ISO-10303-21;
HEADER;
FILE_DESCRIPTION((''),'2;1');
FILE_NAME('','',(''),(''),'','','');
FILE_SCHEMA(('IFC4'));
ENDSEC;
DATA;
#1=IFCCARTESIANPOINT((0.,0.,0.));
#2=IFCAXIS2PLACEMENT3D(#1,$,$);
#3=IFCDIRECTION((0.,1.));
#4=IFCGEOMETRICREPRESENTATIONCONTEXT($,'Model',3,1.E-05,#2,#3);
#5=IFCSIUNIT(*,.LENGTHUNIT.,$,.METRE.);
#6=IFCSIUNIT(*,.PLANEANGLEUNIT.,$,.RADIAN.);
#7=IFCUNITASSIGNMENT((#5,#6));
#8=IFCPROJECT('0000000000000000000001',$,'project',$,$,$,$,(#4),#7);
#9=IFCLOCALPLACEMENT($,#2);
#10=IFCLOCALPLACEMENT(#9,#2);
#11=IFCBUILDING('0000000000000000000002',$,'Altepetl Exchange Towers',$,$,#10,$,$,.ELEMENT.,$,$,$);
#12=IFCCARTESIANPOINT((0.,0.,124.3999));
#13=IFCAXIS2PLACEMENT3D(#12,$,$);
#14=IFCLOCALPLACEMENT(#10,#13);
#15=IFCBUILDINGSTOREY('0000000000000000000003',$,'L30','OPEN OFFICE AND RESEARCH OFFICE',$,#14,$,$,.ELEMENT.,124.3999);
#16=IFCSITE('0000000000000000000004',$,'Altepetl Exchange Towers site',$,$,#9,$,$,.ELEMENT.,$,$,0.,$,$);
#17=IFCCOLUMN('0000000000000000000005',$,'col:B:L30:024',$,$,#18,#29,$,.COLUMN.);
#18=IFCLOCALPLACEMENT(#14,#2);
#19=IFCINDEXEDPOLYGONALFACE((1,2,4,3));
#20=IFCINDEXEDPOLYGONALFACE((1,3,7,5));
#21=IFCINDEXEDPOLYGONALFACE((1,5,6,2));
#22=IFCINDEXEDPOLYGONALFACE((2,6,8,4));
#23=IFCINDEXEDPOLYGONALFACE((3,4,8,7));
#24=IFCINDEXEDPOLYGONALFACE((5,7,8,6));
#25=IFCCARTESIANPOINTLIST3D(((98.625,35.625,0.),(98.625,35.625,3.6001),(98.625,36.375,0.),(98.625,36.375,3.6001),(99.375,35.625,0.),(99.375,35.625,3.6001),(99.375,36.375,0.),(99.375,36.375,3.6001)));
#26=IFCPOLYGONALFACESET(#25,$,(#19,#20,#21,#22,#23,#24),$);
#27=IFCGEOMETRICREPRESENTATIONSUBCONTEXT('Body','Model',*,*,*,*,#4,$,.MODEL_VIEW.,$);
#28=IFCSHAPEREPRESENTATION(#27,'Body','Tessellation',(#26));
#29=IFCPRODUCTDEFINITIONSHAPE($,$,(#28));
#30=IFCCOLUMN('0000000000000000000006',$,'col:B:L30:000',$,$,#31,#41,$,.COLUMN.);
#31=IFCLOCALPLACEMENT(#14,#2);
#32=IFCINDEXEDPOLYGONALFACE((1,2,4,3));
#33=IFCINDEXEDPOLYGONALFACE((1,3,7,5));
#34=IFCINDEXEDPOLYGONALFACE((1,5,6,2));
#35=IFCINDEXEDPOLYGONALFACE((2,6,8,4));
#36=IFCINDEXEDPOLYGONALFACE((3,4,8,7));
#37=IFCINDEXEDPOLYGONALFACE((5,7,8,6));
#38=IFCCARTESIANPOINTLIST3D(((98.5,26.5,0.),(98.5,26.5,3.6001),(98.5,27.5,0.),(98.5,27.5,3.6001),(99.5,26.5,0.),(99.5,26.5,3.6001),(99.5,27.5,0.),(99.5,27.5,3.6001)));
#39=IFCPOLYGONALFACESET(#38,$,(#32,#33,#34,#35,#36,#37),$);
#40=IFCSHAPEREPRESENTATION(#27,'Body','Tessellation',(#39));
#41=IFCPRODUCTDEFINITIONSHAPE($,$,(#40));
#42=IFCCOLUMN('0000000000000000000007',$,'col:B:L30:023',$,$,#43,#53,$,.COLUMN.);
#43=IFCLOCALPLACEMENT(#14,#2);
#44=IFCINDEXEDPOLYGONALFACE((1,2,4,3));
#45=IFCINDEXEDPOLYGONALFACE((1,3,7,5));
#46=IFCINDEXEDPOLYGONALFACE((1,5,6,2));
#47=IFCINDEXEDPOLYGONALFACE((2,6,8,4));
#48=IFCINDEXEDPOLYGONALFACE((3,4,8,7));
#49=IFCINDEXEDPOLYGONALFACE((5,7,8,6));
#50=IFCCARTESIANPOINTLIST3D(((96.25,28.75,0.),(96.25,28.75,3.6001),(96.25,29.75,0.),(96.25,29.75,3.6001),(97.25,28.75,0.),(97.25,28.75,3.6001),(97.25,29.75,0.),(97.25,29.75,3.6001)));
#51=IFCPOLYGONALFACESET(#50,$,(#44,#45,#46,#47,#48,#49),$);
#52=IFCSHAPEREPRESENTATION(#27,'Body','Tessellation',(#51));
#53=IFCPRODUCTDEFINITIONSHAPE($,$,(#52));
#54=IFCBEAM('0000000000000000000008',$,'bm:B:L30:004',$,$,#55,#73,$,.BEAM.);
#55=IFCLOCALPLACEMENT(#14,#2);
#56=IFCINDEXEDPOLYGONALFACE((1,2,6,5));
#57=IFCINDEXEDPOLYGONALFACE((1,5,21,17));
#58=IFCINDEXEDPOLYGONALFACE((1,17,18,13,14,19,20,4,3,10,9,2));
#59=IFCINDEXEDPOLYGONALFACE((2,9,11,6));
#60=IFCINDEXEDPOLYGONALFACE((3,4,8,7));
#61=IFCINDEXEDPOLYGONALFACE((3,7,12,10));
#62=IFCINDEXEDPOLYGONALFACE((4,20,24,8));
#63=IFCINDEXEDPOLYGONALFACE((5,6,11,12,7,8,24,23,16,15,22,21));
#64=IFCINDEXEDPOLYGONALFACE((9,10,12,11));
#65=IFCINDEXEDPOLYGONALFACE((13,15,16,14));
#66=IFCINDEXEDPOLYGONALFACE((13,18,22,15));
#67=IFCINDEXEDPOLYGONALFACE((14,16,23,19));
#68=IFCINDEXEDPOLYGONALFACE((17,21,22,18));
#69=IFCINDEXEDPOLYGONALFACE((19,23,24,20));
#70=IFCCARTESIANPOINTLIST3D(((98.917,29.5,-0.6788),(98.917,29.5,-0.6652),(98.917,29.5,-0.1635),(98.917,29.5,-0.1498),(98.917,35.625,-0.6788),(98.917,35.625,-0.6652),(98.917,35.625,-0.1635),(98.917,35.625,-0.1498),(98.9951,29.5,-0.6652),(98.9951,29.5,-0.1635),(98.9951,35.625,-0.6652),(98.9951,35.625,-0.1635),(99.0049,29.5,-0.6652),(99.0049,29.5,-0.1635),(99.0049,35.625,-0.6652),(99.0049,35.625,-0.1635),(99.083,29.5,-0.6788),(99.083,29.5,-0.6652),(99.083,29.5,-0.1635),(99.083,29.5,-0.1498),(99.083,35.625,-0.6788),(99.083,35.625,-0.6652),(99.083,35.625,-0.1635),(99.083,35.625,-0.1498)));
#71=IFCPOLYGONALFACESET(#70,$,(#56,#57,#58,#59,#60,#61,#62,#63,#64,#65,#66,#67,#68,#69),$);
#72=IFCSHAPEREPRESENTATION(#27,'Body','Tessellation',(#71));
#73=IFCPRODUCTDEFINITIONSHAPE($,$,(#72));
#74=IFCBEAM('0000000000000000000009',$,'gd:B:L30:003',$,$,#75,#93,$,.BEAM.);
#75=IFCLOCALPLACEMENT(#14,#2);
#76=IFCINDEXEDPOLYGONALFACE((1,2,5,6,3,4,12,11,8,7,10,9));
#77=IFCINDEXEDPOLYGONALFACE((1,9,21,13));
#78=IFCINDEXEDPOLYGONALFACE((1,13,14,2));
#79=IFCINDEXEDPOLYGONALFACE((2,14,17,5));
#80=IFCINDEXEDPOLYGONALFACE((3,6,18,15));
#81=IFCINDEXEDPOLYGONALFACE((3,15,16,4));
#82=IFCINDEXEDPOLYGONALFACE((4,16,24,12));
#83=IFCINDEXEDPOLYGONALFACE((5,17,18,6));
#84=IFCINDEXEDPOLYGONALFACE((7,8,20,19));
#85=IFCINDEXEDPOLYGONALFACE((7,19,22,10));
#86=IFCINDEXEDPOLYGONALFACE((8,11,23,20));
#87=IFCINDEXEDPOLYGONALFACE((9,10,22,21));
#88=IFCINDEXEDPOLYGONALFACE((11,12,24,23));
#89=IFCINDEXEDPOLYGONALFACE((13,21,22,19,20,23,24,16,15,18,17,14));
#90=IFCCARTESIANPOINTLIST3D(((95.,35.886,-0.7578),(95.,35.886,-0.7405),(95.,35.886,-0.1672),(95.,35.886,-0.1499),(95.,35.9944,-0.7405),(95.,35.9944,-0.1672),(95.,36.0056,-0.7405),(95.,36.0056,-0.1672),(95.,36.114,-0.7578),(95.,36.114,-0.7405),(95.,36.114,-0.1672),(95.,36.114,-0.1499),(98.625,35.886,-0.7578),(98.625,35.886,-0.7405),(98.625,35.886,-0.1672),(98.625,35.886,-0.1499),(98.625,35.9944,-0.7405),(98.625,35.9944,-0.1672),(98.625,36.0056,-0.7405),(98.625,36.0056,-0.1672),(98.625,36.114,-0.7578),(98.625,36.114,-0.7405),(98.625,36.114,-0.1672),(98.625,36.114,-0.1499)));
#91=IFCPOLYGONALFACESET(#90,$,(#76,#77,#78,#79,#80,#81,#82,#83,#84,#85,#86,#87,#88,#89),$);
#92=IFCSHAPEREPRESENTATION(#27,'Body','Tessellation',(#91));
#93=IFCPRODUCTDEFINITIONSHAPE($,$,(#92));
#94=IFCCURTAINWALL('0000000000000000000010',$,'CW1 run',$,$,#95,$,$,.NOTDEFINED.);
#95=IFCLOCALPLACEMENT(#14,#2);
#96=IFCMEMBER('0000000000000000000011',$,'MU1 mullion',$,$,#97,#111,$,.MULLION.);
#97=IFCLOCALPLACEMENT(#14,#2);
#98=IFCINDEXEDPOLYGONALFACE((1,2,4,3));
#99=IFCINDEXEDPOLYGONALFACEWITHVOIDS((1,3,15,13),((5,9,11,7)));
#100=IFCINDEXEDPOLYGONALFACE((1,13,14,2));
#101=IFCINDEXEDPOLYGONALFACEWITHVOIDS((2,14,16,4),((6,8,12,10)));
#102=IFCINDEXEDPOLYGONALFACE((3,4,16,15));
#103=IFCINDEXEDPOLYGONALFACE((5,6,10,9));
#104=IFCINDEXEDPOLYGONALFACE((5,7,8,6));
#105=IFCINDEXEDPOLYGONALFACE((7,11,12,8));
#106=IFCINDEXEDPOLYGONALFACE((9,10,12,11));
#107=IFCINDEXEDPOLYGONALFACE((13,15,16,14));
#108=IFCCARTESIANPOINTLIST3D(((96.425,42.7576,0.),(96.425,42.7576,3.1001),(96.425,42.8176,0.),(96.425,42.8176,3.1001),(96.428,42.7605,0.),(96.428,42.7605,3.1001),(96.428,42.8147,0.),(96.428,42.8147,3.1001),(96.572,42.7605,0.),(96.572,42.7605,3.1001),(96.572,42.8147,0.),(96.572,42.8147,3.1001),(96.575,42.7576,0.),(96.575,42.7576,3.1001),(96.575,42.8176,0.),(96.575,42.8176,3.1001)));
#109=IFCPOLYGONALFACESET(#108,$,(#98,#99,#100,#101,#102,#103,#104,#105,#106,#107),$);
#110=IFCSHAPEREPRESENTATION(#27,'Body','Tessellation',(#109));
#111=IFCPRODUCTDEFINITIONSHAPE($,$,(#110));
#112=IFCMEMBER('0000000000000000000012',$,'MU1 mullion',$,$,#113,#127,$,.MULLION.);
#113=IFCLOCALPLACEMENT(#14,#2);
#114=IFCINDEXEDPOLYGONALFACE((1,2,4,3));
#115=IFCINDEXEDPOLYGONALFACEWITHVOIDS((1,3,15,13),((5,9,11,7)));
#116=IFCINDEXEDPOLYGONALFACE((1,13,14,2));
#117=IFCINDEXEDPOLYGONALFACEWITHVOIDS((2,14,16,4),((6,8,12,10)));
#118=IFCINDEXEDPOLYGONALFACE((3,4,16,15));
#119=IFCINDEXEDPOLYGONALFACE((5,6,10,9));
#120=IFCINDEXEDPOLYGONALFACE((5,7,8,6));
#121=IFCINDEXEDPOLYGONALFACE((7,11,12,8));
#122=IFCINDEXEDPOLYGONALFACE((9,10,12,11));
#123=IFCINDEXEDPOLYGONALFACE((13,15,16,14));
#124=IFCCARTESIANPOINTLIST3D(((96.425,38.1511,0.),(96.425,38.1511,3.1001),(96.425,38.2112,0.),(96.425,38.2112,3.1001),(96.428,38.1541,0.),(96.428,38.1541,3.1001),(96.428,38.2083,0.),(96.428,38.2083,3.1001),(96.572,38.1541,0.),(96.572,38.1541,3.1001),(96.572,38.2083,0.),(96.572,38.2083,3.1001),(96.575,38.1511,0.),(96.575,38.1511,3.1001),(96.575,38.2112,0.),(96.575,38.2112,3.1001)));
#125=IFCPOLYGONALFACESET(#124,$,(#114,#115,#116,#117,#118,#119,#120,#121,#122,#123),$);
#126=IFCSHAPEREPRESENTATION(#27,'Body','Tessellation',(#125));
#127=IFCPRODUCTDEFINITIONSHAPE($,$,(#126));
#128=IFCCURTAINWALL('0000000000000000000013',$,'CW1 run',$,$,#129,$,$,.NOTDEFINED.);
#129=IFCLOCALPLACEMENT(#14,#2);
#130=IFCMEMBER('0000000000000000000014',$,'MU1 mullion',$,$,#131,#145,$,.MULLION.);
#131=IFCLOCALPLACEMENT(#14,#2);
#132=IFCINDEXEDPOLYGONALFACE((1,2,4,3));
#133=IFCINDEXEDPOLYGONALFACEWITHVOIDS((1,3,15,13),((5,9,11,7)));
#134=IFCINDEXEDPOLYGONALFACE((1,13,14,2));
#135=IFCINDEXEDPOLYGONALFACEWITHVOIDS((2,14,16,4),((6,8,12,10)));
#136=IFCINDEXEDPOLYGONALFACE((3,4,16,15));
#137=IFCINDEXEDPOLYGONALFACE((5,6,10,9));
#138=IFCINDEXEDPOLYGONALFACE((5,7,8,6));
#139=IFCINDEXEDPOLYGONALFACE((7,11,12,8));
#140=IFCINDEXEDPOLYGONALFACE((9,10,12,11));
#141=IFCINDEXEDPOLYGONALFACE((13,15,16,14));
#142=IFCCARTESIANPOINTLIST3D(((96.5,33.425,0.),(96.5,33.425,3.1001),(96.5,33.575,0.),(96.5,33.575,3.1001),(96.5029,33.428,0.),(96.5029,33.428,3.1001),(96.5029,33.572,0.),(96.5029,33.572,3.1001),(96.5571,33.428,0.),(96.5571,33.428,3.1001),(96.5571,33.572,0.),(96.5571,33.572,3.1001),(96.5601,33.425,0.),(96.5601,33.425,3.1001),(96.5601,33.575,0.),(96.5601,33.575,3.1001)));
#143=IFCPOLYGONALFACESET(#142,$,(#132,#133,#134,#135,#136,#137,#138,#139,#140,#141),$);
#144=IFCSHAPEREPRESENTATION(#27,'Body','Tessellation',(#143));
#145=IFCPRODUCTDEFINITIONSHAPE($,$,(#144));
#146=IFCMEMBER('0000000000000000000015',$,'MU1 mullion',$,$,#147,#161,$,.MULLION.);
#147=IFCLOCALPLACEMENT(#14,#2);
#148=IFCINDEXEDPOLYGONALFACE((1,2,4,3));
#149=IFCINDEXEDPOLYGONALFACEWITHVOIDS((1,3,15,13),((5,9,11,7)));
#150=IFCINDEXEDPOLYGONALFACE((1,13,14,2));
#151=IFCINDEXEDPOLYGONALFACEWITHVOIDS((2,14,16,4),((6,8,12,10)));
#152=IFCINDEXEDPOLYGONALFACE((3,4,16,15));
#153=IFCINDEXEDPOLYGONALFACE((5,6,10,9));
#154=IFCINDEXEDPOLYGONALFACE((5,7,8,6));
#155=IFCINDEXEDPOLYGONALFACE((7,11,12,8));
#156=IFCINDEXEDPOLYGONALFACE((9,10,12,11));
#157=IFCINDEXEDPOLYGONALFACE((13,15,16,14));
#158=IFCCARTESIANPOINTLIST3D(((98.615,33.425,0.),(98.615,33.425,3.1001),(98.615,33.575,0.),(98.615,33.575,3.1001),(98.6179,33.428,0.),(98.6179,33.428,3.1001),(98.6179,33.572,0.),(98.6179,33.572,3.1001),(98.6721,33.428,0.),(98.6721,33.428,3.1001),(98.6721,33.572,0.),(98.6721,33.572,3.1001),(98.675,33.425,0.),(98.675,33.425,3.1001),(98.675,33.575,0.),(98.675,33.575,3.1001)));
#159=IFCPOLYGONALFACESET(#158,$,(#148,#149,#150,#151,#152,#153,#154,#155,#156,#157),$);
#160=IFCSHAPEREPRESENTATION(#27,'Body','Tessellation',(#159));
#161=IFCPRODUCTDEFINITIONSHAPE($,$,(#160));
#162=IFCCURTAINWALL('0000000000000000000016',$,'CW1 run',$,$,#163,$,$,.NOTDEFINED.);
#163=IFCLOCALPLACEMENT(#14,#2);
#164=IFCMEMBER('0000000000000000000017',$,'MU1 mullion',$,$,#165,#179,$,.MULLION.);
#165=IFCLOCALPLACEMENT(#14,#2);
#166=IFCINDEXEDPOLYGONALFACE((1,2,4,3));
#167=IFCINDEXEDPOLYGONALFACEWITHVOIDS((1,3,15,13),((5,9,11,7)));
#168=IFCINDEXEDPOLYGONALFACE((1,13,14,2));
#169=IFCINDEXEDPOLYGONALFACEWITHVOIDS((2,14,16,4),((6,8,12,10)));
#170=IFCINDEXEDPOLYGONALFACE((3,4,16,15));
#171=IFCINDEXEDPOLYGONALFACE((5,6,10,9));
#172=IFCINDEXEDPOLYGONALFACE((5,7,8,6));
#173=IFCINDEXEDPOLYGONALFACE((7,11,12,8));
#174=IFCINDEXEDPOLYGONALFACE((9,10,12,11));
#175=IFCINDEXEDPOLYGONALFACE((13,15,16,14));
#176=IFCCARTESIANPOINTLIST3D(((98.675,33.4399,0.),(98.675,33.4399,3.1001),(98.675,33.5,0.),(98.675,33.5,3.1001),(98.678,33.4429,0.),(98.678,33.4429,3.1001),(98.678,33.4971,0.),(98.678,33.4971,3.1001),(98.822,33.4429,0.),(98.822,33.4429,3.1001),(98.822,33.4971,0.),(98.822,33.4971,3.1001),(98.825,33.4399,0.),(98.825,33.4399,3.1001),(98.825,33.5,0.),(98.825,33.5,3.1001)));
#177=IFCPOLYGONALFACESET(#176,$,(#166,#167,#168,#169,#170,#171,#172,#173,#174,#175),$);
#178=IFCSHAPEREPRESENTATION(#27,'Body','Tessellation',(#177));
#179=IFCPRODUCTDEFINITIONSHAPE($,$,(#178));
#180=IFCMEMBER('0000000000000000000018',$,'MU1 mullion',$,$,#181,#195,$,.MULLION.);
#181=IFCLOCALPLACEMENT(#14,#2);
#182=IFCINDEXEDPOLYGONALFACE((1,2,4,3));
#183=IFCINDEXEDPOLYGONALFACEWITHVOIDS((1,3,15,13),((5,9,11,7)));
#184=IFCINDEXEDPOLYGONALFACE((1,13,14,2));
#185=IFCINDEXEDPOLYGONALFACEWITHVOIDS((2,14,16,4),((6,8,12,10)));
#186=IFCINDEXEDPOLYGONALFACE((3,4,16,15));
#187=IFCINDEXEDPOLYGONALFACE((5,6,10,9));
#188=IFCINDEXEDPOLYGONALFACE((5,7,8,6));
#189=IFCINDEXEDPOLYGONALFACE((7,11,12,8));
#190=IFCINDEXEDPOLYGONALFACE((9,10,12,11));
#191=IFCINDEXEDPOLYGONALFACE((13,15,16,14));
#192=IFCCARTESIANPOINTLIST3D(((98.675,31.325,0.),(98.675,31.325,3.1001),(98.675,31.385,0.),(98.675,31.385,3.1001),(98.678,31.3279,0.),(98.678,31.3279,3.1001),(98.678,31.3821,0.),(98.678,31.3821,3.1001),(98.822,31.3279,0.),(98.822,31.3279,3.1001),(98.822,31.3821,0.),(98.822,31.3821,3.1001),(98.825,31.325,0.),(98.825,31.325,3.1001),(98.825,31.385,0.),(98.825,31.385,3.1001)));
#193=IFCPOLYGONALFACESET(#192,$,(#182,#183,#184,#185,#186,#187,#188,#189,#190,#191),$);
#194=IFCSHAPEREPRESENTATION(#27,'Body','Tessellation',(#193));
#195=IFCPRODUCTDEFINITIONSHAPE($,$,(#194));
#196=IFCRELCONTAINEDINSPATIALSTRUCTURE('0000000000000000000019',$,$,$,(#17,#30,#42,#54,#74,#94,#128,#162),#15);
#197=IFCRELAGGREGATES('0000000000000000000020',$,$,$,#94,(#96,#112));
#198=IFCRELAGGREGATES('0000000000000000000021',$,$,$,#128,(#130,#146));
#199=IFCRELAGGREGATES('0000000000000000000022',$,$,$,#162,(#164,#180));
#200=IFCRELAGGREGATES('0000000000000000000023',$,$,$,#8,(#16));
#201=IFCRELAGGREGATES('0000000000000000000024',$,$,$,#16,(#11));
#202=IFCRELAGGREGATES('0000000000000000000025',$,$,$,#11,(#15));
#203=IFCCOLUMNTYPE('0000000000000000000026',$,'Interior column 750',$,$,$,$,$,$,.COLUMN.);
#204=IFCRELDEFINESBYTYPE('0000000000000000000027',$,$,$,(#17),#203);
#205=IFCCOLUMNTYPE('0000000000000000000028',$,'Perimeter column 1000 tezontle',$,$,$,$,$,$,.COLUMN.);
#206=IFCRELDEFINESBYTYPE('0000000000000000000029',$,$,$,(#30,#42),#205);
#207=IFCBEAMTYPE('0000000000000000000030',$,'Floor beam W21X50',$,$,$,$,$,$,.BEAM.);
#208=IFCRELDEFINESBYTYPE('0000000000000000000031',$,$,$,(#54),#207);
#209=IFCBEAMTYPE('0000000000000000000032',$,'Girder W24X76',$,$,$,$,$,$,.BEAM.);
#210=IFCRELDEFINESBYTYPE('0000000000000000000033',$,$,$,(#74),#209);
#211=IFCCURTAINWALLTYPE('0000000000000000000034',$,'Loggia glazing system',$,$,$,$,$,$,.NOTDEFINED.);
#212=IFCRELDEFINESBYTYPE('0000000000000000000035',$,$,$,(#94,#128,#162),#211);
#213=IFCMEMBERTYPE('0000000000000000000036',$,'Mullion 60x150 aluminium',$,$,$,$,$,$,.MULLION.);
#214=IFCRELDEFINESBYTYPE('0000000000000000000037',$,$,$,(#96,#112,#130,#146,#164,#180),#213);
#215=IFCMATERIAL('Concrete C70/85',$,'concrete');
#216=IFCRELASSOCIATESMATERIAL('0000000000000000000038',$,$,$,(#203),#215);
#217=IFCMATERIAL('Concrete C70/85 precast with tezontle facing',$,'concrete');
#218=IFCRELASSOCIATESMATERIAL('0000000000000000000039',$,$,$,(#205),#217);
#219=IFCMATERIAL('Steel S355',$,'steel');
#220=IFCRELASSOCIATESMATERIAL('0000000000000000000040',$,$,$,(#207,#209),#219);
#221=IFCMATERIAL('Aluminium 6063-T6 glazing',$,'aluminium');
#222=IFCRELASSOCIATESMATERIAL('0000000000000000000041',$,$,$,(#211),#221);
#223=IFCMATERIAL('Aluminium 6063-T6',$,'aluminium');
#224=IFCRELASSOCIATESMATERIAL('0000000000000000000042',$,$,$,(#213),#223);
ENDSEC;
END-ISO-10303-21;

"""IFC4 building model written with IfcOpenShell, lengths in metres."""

from ifc_helpers import new_model, si_unit, direction, frame, origin, origin_2d, place, context, subcontext, project, spatial, rectangle, hollow_rectangle, i_section, extrude, material, material_profile, profile_set, type_object, element, aggregate, save


model = new_model("IFC4")

# Units and contexts
model_context = context("Model", 3, precision=1e-05, world=origin(), true_north=direction((0.0, 1.0)))
body_context = subcontext(model_context, "Body", "Model", "MODEL_VIEW")
ifc_project = project(units=[si_unit("LENGTHUNIT", "METRE"), si_unit("PLANEANGLEUNIT", "RADIAN")], contexts=[model_context])

# Site, building, storey
site_placement = place(None, origin())
site = spatial("IfcSite", under=ifc_project, at=site_placement, Name="Altepetl Exchange Towers site", CompositionType="ELEMENT", RefElevation=0.0)
building_placement = place(site_placement, origin())
building = spatial("IfcBuilding", under=site, at=building_placement, Name="Altepetl Exchange Towers", CompositionType="ELEMENT")
storey_placement = place(building_placement, frame((0.0, 0.0, 124.3999)))
storey = spatial("IfcBuildingStorey", under=building, at=storey_placement, Name="L30", Description="OPEN OFFICE AND RESEARCH OFFICE", CompositionType="ELEMENT", Elevation=124.3999)

# Columns
ifc_material_1 = material(Name="Concrete C70/85", Category="concrete")
ifc_material_profile_1 = material_profile(ifc_material_1, rectangle(XDim=0.75, YDim=0.75, at=origin_2d()), Name="750 x 750")
ifc_profile_set_1 = profile_set([ifc_material_profile_1], Name="Concrete C70/85")
column_type_1 = type_object("IfcColumnType", Name="Interior column 750", PredefinedType="COLUMN", material=ifc_profile_set_1)
column_placement = place(storey_placement, frame((99.0, 36.0, 0.0)))
element("IfcColumn", 1, at=column_placement, inside=storey, type_object=column_type_1, Name="col:B:L30:024", PredefinedType="COLUMN", context=body_context, shape_type="SweptSolid", body=[
    extrude(rectangle(XDim=0.75, YDim=0.75, at=origin_2d()), origin(), (0.0, 0.0, 1.0), 3.6001),
])
ifc_material_2 = material(Name="Concrete C70/85 precast with tezontle facing", Category="concrete")
ifc_material_profile_2 = material_profile(ifc_material_2, rectangle(XDim=1.0, YDim=1.0, at=origin_2d()), Name="1000 x 1000")
ifc_profile_set_2 = profile_set([ifc_material_profile_2], Name="Concrete C70/85 precast with tezontle facing")
column_type_2 = type_object("IfcColumnType", Name="Perimeter column 1000 tezontle", PredefinedType="COLUMN", material=ifc_profile_set_2)
for number, where, name in (
    (2, (99.0, 27.0, 0.0), "col:B:L30:000"),
    (3, (96.75, 29.25, 0.0), "col:B:L30:023"),
):
    element("IfcColumn", number, at=place(storey_placement, frame(where)), inside=storey, type_object=column_type_2, Name=name, PredefinedType="COLUMN", context=body_context, shape_type="SweptSolid", body=[
        extrude(rectangle(XDim=1.0, YDim=1.0, at=origin_2d()), origin(), (0.0, 0.0, 1.0), 3.6001),
    ])

# Beams
ifc_material_3 = material(Name="Steel S355", Category="steel")
ifc_material_profile_3 = material_profile(ifc_material_3, i_section(OverallWidth=0.166, OverallDepth=0.5291, WebThickness=0.0098, FlangeThickness=0.0137, at=origin_2d()), Name="W21X50")
ifc_profile_set_3 = profile_set([ifc_material_profile_3], Name="Steel S355")
beam_type_1 = type_object("IfcBeamType", Name="Floor beam W21X50", PredefinedType="BEAM", material=ifc_profile_set_3)
beam_1_placement = place(storey_placement, frame((99.0, 29.5, -0.4143), z_axis=(0.0, 1.0, 0.0), x_axis=(-1.0, 0.0, 0.0)))
element("IfcBeam", 4, at=beam_1_placement, inside=storey, type_object=beam_type_1, Name="bm:B:L30:004", PredefinedType="BEAM", context=body_context, shape_type="SweptSolid", body=[
    extrude(i_section(OverallWidth=0.166, OverallDepth=0.5291, WebThickness=0.0098, FlangeThickness=0.0137, at=origin_2d()), origin(), (0.0, 0.0, 1.0), 6.125),
])
ifc_material_profile_4 = material_profile(ifc_material_3, i_section(OverallWidth=0.228, OverallDepth=0.6079, WebThickness=0.0112, FlangeThickness=0.0173, at=origin_2d()), Name="W24X76")
ifc_profile_set_4 = profile_set([ifc_material_profile_4], Name="Steel S355")
beam_type_2 = type_object("IfcBeamType", Name="Girder W24X76", PredefinedType="BEAM", material=ifc_profile_set_4)
beam_2_placement = place(storey_placement, frame((98.625, 36.0, -0.4539), z_axis=(-1.0, 0.0, 0.0), x_axis=(0.0, -1.0, 0.0)))
element("IfcBeam", 5, at=beam_2_placement, inside=storey, type_object=beam_type_2, Name="gd:B:L30:003", PredefinedType="BEAM", context=body_context, shape_type="SweptSolid", body=[
    extrude(i_section(OverallWidth=0.228, OverallDepth=0.6079, WebThickness=0.0112, FlangeThickness=0.0173, at=origin_2d()), origin(), (0.0, 0.0, 1.0), 3.625),
])

# Curtain walls, members
ifc_material_4 = material(Name="Aluminium 6063-T6 glazing", Category="aluminium")
curtain_wall_type = type_object("IfcCurtainWallType", Name="Loggia glazing system", PredefinedType="NOTDEFINED", material=ifc_material_4)
curtain_wall_1_placement = place(storey_placement, origin())
curtain_wall_1 = element("IfcCurtainWall", 6, at=curtain_wall_1_placement, inside=storey, type_object=curtain_wall_type, Name="CW1 run", PredefinedType="NOTDEFINED")
ifc_material_5 = material(Name="Aluminium 6063-T6", Category="aluminium")
ifc_material_profile_5 = material_profile(ifc_material_5, hollow_rectangle(XDim=0.0601, YDim=0.1499, WallThickness=0.0029, at=origin_2d()), Name="Mullion 60x150 aluminium")
ifc_profile_set_5 = profile_set([ifc_material_profile_5], Name="Aluminium 6063-T6")
member_type = type_object("IfcMemberType", Name="Mullion 60x150 aluminium", PredefinedType="MULLION", material=ifc_profile_set_5)
member_1_placement = place(storey_placement, frame((96.5, 42.7876, 0.0), z_axis=(0.0, 0.0, 1.0), x_axis=(0.0, -1.0, 0.0)))
member_1 = element("IfcMember", 7, at=member_1_placement, type_object=member_type, Name="MU1 mullion", PredefinedType="MULLION", context=body_context, shape_type="SweptSolid", body=[
    extrude(hollow_rectangle(XDim=0.0601, YDim=0.1499, WallThickness=0.0029, at=origin_2d()), origin(), (0.0, 0.0, 1.0), 3.1001),
])
member_2_placement = place(storey_placement, frame((96.5, 38.1812, 0.0), z_axis=(0.0, 0.0, 1.0), x_axis=(0.0, -1.0, 0.0)))
member_2 = element("IfcMember", 8, at=member_2_placement, type_object=member_type, Name="MU1 mullion", PredefinedType="MULLION", context=body_context, shape_type="SweptSolid", body=[
    extrude(hollow_rectangle(XDim=0.0601, YDim=0.1499, WallThickness=0.0029, at=origin_2d()), origin(), (0.0, 0.0, 1.0), 3.1001),
])
curtain_wall_2_placement = place(storey_placement, origin())
curtain_wall_2 = element("IfcCurtainWall", 9, at=curtain_wall_2_placement, inside=storey, type_object=curtain_wall_type, Name="CW1 run", PredefinedType="NOTDEFINED")
member_3_placement = place(storey_placement, frame((96.53, 33.5, 0.0)))
member_3 = element("IfcMember", 10, at=member_3_placement, type_object=member_type, Name="MU1 mullion", PredefinedType="MULLION", context=body_context, shape_type="SweptSolid", body=[
    extrude(hollow_rectangle(XDim=0.0601, YDim=0.1499, WallThickness=0.0029, at=origin_2d()), origin(), (0.0, 0.0, 1.0), 3.1001),
])
member_4_placement = place(storey_placement, frame((98.645, 33.5, 0.0)))
member_4 = element("IfcMember", 11, at=member_4_placement, type_object=member_type, Name="MU1 mullion", PredefinedType="MULLION", context=body_context, shape_type="SweptSolid", body=[
    extrude(hollow_rectangle(XDim=0.0601, YDim=0.1499, WallThickness=0.0029, at=origin_2d()), origin(), (0.0, 0.0, 1.0), 3.1001),
])
curtain_wall_3_placement = place(storey_placement, origin())
curtain_wall_3 = element("IfcCurtainWall", 12, at=curtain_wall_3_placement, inside=storey, type_object=curtain_wall_type, Name="CW1 run", PredefinedType="NOTDEFINED")
member_5_placement = place(storey_placement, frame((98.75, 33.47, 0.0), z_axis=(0.0, 0.0, 1.0), x_axis=(0.0, -1.0, 0.0)))
member_5 = element("IfcMember", 13, at=member_5_placement, type_object=member_type, Name="MU1 mullion", PredefinedType="MULLION", context=body_context, shape_type="SweptSolid", body=[
    extrude(hollow_rectangle(XDim=0.0601, YDim=0.1499, WallThickness=0.0029, at=origin_2d()), origin(), (0.0, 0.0, 1.0), 3.1001),
])
member_6_placement = place(storey_placement, frame((98.75, 31.355, 0.0), z_axis=(0.0, 0.0, 1.0), x_axis=(0.0, -1.0, 0.0)))
member_6 = element("IfcMember", 14, at=member_6_placement, type_object=member_type, Name="MU1 mullion", PredefinedType="MULLION", context=body_context, shape_type="SweptSolid", body=[
    extrude(hollow_rectangle(XDim=0.0601, YDim=0.1499, WallThickness=0.0029, at=origin_2d()), origin(), (0.0, 0.0, 1.0), 3.1001),
])

aggregate(curtain_wall_1, [member_1, member_2])
aggregate(curtain_wall_2, [member_3, member_4])
aggregate(curtain_wall_3, [member_5, member_6])

save(model, "model.ifc")
